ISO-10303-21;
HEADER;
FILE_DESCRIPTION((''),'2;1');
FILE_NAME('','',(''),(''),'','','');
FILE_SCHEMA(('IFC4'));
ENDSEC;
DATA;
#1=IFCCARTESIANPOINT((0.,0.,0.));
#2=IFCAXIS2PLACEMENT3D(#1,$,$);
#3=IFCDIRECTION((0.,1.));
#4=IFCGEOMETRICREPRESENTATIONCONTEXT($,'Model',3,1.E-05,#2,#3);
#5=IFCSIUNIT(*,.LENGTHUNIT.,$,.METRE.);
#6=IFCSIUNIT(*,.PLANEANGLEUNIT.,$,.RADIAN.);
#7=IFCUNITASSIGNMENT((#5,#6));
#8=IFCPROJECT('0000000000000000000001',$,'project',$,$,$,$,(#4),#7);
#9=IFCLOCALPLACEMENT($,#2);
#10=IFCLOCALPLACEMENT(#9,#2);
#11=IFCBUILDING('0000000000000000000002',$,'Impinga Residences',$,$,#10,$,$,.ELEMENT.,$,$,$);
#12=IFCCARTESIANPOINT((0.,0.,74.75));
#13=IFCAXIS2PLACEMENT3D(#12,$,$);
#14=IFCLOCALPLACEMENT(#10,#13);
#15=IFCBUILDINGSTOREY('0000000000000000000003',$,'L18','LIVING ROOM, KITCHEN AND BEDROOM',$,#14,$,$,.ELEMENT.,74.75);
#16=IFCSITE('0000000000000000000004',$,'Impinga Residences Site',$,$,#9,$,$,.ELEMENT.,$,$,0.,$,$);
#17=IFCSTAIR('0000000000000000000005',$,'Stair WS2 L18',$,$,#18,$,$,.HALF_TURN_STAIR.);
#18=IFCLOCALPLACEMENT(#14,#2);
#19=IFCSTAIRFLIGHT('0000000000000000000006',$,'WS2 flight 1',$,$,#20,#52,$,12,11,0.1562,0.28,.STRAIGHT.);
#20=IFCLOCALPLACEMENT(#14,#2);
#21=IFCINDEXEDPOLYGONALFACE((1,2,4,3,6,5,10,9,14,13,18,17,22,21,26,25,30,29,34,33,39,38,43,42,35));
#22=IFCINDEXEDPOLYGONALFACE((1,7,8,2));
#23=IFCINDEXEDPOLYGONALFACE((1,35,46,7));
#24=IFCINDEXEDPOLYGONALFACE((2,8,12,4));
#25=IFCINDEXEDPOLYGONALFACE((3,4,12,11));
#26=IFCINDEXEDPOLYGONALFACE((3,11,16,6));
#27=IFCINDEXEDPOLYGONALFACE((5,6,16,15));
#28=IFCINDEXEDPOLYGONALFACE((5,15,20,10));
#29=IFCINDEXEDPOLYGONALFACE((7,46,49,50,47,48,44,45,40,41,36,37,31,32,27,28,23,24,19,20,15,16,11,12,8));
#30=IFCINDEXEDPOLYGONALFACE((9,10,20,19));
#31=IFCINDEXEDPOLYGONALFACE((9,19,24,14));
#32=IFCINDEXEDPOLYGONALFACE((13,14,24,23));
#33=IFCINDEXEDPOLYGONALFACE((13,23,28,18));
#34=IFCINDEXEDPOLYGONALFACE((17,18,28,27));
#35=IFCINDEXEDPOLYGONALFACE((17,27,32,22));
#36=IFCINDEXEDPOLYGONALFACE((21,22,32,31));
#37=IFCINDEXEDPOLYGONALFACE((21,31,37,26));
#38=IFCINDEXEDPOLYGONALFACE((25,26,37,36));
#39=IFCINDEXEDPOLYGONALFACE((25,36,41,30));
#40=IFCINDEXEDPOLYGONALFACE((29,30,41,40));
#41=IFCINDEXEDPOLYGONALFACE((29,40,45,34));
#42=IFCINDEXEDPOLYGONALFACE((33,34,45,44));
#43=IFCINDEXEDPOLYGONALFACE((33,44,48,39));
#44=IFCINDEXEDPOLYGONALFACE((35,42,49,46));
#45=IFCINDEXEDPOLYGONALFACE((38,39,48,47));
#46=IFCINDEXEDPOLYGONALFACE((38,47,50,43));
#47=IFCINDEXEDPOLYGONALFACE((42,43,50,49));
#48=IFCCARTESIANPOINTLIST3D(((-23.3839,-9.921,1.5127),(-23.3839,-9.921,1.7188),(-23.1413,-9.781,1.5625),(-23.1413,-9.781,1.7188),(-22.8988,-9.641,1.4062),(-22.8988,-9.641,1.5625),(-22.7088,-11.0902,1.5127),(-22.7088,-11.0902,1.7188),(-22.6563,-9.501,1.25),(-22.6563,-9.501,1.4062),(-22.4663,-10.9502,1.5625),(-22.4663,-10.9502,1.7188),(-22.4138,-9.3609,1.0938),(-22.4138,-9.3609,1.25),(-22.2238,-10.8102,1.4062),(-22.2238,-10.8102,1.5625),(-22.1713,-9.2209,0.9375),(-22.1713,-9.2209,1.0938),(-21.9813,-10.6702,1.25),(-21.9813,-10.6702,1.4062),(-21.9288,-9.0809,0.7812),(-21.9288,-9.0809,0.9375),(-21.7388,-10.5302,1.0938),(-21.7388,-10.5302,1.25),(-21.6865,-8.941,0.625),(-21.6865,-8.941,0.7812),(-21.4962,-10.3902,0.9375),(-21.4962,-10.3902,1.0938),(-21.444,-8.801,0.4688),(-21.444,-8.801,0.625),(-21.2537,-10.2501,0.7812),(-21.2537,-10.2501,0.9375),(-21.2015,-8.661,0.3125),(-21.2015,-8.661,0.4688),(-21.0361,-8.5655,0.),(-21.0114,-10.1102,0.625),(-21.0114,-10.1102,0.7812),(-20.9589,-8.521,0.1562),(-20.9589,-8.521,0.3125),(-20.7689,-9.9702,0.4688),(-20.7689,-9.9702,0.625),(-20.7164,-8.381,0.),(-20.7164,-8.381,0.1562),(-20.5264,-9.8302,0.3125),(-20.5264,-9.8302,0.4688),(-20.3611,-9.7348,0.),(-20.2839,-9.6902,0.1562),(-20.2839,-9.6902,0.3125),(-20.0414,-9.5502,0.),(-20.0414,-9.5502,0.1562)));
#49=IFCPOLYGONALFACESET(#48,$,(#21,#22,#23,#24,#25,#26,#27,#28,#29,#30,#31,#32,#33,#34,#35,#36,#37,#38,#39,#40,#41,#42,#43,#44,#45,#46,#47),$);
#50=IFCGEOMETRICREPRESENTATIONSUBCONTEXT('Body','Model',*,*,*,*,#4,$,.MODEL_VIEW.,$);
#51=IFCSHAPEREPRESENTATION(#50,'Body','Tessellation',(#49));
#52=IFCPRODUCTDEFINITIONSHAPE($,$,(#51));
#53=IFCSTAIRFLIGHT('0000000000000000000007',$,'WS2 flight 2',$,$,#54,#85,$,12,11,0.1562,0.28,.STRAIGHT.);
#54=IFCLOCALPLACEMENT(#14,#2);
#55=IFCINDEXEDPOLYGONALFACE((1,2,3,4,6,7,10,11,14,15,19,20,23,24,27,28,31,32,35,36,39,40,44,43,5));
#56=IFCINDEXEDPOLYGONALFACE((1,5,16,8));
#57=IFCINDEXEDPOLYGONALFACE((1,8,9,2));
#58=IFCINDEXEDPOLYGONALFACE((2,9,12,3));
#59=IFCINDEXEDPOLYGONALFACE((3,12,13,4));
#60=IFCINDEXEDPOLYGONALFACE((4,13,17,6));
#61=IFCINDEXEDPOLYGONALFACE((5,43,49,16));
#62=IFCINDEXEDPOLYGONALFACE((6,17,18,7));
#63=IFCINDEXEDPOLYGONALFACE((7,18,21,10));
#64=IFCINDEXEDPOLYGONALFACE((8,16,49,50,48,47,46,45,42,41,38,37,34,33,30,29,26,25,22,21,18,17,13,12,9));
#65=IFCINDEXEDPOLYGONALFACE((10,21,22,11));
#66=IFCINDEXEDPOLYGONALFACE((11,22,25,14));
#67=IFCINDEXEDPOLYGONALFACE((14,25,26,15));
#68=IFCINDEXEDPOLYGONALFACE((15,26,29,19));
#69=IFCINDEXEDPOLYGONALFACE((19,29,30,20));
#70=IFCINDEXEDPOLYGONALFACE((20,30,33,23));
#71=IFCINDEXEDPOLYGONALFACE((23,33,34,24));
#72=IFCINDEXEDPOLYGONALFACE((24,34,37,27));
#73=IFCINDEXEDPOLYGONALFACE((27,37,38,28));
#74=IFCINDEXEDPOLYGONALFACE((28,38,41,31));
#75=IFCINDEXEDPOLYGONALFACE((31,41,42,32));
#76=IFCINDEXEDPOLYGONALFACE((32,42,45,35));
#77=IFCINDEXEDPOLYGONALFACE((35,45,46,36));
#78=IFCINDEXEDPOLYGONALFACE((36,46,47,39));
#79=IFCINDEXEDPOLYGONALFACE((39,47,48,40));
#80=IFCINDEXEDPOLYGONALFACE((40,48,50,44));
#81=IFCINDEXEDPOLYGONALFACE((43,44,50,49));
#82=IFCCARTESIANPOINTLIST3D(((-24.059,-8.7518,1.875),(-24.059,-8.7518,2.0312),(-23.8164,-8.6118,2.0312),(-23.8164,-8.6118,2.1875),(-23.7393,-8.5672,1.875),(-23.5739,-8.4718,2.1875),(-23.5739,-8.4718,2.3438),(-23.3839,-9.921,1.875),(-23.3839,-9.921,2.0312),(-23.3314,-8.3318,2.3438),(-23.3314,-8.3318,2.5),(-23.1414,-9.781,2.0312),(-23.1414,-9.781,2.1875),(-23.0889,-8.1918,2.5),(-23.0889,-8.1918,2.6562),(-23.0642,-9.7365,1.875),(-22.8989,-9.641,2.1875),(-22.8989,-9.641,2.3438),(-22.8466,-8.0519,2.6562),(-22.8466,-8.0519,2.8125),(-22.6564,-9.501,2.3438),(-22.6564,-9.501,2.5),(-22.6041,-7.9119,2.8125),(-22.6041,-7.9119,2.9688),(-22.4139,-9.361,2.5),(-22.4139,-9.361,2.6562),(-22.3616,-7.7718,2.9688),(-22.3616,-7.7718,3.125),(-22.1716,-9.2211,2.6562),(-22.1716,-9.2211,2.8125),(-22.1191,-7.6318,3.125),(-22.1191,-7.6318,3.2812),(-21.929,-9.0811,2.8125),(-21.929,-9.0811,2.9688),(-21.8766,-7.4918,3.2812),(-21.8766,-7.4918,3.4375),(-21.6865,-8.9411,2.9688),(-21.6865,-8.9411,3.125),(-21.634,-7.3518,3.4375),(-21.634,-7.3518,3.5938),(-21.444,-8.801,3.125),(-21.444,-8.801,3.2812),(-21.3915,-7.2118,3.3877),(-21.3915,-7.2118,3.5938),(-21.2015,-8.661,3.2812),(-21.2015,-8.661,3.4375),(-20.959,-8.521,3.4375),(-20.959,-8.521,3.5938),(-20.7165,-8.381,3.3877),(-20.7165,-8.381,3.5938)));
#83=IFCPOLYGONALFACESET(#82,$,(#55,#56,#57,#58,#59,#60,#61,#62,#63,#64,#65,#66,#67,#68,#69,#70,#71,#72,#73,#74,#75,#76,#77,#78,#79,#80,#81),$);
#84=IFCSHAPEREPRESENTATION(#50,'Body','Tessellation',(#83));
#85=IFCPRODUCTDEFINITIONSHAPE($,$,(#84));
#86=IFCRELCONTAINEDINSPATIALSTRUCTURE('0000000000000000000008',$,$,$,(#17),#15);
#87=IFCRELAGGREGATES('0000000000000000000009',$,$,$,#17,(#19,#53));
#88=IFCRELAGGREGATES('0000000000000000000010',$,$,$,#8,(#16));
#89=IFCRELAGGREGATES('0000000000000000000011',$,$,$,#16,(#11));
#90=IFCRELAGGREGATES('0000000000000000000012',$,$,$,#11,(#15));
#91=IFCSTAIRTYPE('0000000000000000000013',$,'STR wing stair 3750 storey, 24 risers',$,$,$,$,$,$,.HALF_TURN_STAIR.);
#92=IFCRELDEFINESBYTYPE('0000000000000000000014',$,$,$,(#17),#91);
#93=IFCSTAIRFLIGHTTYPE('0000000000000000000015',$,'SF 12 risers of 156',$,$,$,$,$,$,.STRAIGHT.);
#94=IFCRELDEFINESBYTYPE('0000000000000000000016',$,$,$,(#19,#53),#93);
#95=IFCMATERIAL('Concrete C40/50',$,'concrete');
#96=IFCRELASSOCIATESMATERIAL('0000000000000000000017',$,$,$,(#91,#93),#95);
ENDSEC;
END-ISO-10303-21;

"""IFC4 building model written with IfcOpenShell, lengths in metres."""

from ifc_helpers import new_model, si_unit, direction, frame, origin, place, context, subcontext, project, spatial, polyline, outline, extrude, material, type_object, element, aggregate, save


model = new_model("IFC4")

# Units and contexts
model_context = context("Model", 3, precision=1e-05, world=origin(), true_north=direction((0.0, 1.0)))
body_context = subcontext(model_context, "Body", "Model", "MODEL_VIEW")
ifc_project = project(units=[si_unit("LENGTHUNIT", "METRE"), si_unit("PLANEANGLEUNIT", "RADIAN")], contexts=[model_context])

# Site, building, storey
site_placement = place(None, origin())
site = spatial("IfcSite", under=ifc_project, at=site_placement, Name="Impinga Residences Site", CompositionType="ELEMENT", RefElevation=0.0)
building_placement = place(site_placement, origin())
building = spatial("IfcBuilding", under=site, at=building_placement, Name="Impinga Residences", CompositionType="ELEMENT")
storey_placement = place(building_placement, frame((0.0, 0.0, 74.75)))
storey = spatial("IfcBuildingStorey", under=building, at=storey_placement, Name="L18", Description="LIVING ROOM, KITCHEN AND BEDROOM", CompositionType="ELEMENT", Elevation=74.75)

# Stair, stair flights
ifc_material_1 = material(Name="Concrete C40/50", Category="concrete")
stair_type = type_object("IfcStairType", Name="STR wing stair 3750 storey, 24 risers", PredefinedType="HALF_TURN_STAIR", material=ifc_material_1)
stair_placement = place(storey_placement, origin())
stair = element("IfcStair", 1, at=stair_placement, inside=storey, type_object=stair_type, Name="Stair WS2 L18", PredefinedType="HALF_TURN_STAIR")
stair_flight_type = type_object("IfcStairFlightType", Name="SF 12 risers of 156", PredefinedType="STRAIGHT", material=ifc_material_1)
stair_flight_1_placement = place(storey_placement, frame((-20.3789, -8.9656, 0.0), z_axis=(0.0, 0.0, 1.0), x_axis=(-0.866025, -0.5, 0.0)))
stair_flight_1 = element("IfcStairFlight", 2, at=stair_flight_1_placement, type_object=stair_flight_type, Name="WS2 flight 1", NumberOfRisers=12, NumberOfTreads=11, PredefinedType="STRAIGHT", RiserHeight=0.1562, TreadLength=0.28, context=body_context, shape_type="SweptSolid", body=[
    extrude(outline(polyline([(0.0, 0.0), (0.0, 0.1562), (0.28, 0.1562), (0.28, 0.3125), (0.5601, 0.3125), (0.5601, 0.4688), (0.8401, 0.4688), (0.8401, 0.625), (1.1201, 0.625), (1.1201, 0.7812), (1.3999, 0.7812), (1.3999, 0.9375), (1.6799, 0.9375), (1.6799, 1.0938), (1.96, 1.0938), (1.96, 1.25), (2.24, 1.25), (2.24, 1.4062), (2.52, 1.4062), (2.52, 1.5625), (2.8, 1.5625), (2.8, 1.7188), (3.0801, 1.7188), (3.0801, 1.875), (3.0801, 1.5127), (0.3691, 0.0), (0.0, 0.0)])), frame((0.0, 0.675, 0.0), z_axis=(0.0, -1.0, 0.0), x_axis=(1.0, 0.0, 0.0)), (0.0, 0.0, 1.0), 1.3501),
])
stair_flight_2_placement = place(storey_placement, frame((-23.7214, -9.3364, 1.875), z_axis=(0.0, 0.0, 1.0), x_axis=(0.866025, 0.5, 0.0)))
stair_flight_2 = element("IfcStairFlight", 3, at=stair_flight_2_placement, type_object=stair_flight_type, Name="WS2 flight 2", NumberOfRisers=12, NumberOfTreads=11, PredefinedType="STRAIGHT", RiserHeight=0.1562, TreadLength=0.28, context=body_context, shape_type="SweptSolid", body=[
    extrude(outline(polyline([(0.0, 0.0), (0.0, 0.1562), (0.28, 0.1562), (0.28, 0.3125), (0.5601, 0.3125), (0.5601, 0.4688), (0.8401, 0.4688), (0.8401, 0.625), (1.1201, 0.625), (1.1201, 0.7812), (1.3999, 0.7812), (1.3999, 0.9375), (1.6799, 0.9375), (1.6799, 1.0938), (1.96, 1.0938), (1.96, 1.25), (2.24, 1.25), (2.24, 1.4062), (2.52, 1.4062), (2.52, 1.5625), (2.8, 1.5625), (2.8, 1.7188), (3.0801, 1.7188), (3.0801, 1.875), (3.0801, 1.5127), (0.3691, 0.0), (0.0, 0.0)])), frame((0.0, 0.675, 0.0), z_axis=(0.0, -1.0, 0.0), x_axis=(1.0, 0.0, 0.0)), (0.0, 0.0, 1.0), 1.3501),
])
aggregate(stair, [stair_flight_1, stair_flight_2])

save(model, "model.ifc")
